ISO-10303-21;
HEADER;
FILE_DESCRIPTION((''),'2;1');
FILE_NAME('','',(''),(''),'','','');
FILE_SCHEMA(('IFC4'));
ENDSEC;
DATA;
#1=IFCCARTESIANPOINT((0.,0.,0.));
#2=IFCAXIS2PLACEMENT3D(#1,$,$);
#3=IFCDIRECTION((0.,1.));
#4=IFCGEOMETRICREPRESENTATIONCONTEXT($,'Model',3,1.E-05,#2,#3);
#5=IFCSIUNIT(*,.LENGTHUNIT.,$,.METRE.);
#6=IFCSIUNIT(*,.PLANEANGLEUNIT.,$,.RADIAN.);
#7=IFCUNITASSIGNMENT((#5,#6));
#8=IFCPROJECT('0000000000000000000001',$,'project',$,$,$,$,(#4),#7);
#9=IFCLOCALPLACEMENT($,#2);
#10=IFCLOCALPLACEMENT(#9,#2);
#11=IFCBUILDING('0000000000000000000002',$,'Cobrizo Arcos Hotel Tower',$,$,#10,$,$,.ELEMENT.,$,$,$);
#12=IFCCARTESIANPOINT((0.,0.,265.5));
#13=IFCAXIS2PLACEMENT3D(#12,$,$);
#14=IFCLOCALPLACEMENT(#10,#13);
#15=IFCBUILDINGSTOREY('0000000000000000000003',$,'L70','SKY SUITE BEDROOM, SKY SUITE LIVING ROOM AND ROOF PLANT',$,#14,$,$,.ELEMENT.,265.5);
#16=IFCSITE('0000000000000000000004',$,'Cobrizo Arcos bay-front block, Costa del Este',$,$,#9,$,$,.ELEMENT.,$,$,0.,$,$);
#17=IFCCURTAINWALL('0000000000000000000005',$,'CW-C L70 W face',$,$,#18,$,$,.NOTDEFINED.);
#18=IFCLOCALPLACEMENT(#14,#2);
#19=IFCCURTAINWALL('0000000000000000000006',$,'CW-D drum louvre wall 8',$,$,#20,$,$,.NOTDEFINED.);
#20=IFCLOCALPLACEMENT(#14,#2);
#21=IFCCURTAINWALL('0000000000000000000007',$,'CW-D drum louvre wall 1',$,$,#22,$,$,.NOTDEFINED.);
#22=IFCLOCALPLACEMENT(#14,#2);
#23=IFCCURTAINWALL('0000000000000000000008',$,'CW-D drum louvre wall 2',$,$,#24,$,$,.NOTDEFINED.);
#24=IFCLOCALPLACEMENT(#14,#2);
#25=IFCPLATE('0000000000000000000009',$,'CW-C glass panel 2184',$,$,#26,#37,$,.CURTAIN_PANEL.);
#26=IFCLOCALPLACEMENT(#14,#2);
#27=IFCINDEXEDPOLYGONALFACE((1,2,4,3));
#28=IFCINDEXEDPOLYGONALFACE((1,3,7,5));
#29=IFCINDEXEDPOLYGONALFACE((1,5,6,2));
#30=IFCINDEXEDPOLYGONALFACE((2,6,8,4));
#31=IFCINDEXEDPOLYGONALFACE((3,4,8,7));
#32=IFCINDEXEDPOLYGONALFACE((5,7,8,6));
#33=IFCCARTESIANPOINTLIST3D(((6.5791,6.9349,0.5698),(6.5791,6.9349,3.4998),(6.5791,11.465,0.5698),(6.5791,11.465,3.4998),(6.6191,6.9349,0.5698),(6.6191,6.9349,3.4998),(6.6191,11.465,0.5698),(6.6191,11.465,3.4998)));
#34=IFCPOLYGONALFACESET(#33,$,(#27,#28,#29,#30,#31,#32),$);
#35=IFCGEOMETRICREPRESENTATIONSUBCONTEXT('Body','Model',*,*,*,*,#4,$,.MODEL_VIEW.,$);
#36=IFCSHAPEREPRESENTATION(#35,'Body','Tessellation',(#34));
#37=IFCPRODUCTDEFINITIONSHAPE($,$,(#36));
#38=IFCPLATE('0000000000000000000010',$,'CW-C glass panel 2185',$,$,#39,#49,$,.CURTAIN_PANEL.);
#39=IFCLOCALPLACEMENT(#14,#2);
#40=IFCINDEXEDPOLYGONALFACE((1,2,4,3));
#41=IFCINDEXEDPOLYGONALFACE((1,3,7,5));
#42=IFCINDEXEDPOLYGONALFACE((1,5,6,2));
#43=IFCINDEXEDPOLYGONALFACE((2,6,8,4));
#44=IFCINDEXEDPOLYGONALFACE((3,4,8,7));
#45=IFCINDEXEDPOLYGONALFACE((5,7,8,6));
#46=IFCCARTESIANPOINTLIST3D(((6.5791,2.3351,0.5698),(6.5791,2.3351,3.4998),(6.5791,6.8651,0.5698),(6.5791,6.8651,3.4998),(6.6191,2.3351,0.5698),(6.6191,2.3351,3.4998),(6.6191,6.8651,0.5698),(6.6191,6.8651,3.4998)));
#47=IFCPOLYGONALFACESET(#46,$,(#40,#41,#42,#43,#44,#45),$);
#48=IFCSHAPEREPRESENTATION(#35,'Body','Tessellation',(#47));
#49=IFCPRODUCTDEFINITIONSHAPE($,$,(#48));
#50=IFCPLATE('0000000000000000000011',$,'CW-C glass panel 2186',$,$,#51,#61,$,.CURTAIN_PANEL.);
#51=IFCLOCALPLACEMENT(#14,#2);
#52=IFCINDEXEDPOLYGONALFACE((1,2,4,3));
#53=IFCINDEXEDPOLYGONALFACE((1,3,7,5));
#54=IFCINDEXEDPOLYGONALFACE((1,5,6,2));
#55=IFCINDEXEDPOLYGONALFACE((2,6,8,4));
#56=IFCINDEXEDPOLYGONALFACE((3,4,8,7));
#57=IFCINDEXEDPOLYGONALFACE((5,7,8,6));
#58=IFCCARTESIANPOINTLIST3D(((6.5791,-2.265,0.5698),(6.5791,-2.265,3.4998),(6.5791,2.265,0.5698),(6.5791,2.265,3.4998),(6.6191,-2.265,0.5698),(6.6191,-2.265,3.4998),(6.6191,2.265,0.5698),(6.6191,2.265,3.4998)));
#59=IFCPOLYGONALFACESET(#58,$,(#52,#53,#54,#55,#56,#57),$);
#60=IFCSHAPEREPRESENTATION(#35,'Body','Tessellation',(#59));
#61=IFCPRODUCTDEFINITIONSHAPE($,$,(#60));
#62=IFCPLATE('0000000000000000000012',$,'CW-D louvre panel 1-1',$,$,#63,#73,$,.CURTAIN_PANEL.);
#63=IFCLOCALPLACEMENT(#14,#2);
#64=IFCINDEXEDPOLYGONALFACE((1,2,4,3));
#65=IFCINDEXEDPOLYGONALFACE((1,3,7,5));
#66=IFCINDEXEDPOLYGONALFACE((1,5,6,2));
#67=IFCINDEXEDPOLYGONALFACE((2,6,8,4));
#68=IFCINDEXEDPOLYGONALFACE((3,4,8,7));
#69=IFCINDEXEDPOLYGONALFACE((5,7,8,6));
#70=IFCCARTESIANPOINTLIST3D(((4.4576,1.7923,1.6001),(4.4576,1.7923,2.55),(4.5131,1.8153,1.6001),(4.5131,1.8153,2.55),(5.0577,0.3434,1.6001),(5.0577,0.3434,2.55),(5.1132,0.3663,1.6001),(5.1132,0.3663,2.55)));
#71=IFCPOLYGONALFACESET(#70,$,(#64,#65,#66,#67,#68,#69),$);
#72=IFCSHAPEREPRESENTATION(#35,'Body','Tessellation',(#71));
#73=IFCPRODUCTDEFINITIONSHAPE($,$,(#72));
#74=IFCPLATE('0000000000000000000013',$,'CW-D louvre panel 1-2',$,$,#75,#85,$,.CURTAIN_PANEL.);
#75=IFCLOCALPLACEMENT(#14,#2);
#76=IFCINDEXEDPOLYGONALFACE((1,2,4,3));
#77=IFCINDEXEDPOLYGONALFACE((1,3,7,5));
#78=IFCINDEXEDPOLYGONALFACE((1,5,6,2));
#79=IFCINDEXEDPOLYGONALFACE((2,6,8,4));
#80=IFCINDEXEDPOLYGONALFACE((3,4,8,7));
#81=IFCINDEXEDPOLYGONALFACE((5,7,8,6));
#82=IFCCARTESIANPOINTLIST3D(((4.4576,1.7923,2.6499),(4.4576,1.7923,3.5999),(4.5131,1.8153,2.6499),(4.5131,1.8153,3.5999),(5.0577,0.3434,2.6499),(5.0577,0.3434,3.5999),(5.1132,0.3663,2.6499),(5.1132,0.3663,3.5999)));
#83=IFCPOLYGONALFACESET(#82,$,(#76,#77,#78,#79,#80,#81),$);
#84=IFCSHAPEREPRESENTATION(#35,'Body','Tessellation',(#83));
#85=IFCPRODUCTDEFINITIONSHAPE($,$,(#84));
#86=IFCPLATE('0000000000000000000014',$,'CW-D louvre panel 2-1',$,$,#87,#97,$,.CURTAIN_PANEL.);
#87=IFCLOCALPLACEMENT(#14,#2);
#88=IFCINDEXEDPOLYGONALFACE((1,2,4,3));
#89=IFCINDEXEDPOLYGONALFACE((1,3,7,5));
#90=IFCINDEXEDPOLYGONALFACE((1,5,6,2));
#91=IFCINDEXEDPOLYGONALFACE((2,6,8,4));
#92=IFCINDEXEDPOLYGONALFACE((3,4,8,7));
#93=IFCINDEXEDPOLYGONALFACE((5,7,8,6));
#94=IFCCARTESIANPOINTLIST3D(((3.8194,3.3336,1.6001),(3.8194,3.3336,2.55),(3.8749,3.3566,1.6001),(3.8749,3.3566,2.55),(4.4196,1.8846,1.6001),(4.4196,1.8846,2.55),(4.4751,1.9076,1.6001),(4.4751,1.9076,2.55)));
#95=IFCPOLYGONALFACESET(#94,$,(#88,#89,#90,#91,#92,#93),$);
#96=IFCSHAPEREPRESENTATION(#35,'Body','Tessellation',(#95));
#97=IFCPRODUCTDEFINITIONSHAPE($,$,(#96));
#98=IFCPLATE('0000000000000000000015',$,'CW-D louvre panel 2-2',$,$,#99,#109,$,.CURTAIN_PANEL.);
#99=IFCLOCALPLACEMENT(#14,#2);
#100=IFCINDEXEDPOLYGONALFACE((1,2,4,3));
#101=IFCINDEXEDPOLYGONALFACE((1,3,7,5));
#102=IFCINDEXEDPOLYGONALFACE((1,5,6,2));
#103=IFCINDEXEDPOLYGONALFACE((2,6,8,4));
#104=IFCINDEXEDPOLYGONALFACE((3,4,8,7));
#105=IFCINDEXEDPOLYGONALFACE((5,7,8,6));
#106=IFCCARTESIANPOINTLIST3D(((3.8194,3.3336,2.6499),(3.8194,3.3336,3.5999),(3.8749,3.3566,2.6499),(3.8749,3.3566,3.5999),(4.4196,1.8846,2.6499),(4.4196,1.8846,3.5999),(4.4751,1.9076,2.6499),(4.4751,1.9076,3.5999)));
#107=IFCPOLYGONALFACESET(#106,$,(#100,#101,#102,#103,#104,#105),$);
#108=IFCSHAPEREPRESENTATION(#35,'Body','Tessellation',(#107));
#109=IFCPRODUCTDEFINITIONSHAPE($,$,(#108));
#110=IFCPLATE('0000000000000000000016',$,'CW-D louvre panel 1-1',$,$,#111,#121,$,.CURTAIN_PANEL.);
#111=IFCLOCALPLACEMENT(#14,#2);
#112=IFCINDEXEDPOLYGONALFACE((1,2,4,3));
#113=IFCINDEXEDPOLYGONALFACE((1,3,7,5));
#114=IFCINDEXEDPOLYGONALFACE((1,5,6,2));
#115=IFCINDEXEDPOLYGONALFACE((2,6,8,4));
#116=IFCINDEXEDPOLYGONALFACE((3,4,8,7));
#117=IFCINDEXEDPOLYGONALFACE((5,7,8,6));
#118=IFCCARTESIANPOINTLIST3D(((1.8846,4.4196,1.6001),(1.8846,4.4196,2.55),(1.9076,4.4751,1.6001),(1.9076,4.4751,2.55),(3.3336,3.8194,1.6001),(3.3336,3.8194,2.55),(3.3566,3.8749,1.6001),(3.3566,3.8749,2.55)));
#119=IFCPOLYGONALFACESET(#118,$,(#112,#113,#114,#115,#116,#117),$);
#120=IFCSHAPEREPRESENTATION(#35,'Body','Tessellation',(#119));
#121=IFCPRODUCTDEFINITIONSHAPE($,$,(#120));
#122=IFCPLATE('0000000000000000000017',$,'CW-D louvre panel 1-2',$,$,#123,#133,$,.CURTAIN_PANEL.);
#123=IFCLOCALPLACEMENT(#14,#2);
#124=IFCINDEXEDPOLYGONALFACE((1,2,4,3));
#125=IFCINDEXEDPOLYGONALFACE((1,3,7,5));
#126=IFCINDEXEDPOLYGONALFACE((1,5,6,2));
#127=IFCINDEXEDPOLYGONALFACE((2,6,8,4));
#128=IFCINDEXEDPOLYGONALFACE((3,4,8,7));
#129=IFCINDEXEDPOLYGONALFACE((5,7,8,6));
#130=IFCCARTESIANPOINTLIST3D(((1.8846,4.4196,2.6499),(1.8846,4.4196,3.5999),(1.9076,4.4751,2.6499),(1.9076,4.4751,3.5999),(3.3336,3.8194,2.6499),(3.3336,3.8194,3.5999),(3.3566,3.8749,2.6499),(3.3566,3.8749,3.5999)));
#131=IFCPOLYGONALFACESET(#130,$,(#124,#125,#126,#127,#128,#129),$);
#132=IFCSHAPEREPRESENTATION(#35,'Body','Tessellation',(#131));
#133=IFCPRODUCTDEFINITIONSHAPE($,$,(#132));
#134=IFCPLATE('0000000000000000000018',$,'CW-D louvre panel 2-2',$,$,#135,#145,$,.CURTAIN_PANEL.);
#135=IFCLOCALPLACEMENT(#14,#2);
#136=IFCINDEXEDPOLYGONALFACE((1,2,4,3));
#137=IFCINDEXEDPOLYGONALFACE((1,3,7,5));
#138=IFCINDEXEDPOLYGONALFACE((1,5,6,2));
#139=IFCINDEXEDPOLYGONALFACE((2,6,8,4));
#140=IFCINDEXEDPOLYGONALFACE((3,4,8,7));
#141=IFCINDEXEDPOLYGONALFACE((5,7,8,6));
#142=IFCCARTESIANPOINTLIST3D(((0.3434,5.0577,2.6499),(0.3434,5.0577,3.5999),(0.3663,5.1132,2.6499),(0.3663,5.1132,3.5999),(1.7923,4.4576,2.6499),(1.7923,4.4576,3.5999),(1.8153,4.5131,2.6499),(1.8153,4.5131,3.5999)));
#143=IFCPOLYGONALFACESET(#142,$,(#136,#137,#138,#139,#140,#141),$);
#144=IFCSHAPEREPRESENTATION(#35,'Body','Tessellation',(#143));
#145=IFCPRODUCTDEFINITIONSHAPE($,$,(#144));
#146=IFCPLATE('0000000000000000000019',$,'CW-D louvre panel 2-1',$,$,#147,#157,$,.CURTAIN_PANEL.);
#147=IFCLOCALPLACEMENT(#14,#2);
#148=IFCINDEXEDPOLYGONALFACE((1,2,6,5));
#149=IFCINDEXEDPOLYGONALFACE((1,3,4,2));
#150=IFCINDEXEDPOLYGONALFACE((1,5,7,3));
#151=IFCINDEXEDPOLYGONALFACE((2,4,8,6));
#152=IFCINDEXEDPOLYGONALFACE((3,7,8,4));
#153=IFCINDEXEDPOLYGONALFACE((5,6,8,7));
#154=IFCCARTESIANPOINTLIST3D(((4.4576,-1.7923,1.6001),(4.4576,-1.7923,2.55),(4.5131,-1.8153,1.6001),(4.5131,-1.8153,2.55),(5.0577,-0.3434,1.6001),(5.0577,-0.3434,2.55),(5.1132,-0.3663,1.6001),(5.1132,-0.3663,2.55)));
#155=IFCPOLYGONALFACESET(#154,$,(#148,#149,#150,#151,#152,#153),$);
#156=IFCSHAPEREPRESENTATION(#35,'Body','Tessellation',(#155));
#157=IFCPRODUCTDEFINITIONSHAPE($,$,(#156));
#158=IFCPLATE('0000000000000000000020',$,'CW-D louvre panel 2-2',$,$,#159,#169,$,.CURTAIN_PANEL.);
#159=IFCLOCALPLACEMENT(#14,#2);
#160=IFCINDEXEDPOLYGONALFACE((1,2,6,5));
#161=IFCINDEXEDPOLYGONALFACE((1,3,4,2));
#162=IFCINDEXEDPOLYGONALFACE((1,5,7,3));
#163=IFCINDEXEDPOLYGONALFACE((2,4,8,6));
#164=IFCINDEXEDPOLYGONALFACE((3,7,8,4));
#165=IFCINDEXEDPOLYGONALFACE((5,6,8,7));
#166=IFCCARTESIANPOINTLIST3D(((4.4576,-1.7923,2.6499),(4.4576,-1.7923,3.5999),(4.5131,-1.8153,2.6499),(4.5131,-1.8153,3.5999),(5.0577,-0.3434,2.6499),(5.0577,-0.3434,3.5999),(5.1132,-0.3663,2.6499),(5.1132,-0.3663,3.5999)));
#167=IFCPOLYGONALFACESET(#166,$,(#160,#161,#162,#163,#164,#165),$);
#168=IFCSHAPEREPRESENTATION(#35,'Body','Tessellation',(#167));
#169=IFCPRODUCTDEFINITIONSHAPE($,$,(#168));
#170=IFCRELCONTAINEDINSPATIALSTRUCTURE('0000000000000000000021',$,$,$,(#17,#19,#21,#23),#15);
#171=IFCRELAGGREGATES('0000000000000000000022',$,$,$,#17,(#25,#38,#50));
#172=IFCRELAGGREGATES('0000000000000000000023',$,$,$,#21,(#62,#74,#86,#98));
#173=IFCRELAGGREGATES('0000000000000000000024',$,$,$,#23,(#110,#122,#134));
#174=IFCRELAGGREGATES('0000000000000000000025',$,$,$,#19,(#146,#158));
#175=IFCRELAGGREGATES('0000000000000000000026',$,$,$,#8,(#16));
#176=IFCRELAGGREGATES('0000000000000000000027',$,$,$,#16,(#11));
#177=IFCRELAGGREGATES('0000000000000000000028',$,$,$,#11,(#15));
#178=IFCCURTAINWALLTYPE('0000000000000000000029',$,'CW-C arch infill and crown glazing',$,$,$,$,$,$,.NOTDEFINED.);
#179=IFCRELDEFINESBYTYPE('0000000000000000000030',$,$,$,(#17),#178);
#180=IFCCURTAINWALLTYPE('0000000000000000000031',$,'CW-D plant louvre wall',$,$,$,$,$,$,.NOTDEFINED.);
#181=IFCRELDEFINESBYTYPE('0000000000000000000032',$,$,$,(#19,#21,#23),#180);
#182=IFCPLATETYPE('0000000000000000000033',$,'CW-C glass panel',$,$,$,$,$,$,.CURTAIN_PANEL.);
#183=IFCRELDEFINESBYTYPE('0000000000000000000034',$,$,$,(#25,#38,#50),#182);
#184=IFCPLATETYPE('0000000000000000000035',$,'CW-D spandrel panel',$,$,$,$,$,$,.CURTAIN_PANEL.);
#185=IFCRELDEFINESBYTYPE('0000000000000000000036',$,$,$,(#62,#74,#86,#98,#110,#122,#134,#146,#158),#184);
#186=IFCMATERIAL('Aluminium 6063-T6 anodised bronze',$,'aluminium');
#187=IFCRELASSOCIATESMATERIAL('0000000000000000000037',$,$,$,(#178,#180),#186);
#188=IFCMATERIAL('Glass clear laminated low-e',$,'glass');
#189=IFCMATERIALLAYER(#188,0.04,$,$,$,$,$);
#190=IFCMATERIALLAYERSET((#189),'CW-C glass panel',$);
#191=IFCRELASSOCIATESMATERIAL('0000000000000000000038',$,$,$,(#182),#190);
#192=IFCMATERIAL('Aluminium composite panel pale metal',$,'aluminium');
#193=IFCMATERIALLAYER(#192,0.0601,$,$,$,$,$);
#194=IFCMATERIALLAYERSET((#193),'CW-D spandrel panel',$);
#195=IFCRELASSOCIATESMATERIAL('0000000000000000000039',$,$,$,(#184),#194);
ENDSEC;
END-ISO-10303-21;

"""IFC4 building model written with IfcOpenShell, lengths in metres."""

from ifc_helpers import new_model, si_unit, direction, frame, origin, origin_2d, place, context, subcontext, project, spatial, rectangle, extrude, material, layer, layer_set, type_object, element, aggregate, save


model = new_model("IFC4")

# Units and contexts
model_context = context("Model", 3, precision=1e-05, world=origin(), true_north=direction((0.0, 1.0)))
body_context = subcontext(model_context, "Body", "Model", "MODEL_VIEW")
ifc_project = project(units=[si_unit("LENGTHUNIT", "METRE"), si_unit("PLANEANGLEUNIT", "RADIAN")], contexts=[model_context])

# Site, building, storey
site_placement = place(None, origin())
site = spatial("IfcSite", under=ifc_project, at=site_placement, Name="Cobrizo Arcos bay-front block, Costa del Este", CompositionType="ELEMENT", RefElevation=0.0)
building_placement = place(site_placement, origin())
building = spatial("IfcBuilding", under=site, at=building_placement, Name="Cobrizo Arcos Hotel Tower", CompositionType="ELEMENT")
storey_placement = place(building_placement, frame((0.0, 0.0, 265.5)))
storey = spatial("IfcBuildingStorey", under=building, at=storey_placement, Name="L70", Description="SKY SUITE BEDROOM, SKY SUITE LIVING ROOM AND ROOF PLANT", CompositionType="ELEMENT", Elevation=265.5)

# Shared definitions
ifc_material_1 = material(Name="Aluminium 6063-T6 anodised bronze", Category="aluminium")

# Curtain wall
curtain_wall_type_1 = type_object("IfcCurtainWallType", Name="CW-C arch infill and crown glazing", PredefinedType="NOTDEFINED", material=ifc_material_1)
curtain_wall_1_placement = place(storey_placement, origin())
curtain_wall_1 = element("IfcCurtainWall", 1, at=curtain_wall_1_placement, inside=storey, type_object=curtain_wall_type_1, Name="CW-C L70 W face", PredefinedType="NOTDEFINED")

# Curtain wall
curtain_wall_type_2 = type_object("IfcCurtainWallType", Name="CW-D plant louvre wall", PredefinedType="NOTDEFINED", material=ifc_material_1)
curtain_wall_2_placement = place(storey_placement, origin())
curtain_wall_2 = element("IfcCurtainWall", 2, at=curtain_wall_2_placement, inside=storey, type_object=curtain_wall_type_2, Name="CW-D drum louvre wall 8", PredefinedType="NOTDEFINED")

# Curtain walls
curtain_wall_3_placement = place(storey_placement, origin())
curtain_wall_3 = element("IfcCurtainWall", 3, at=curtain_wall_3_placement, inside=storey, type_object=curtain_wall_type_2, Name="CW-D drum louvre wall 1", PredefinedType="NOTDEFINED")
curtain_wall_4_placement = place(storey_placement, origin())
curtain_wall_4 = element("IfcCurtainWall", 4, at=curtain_wall_4_placement, inside=storey, type_object=curtain_wall_type_2, Name="CW-D drum louvre wall 2", PredefinedType="NOTDEFINED")

# Plates
ifc_material_2 = material(Name="Glass clear laminated low-e", Category="glass")
ifc_layer_1 = layer(ifc_material_2, 0.04)
ifc_layer_set_1 = layer_set([ifc_layer_1], Name="CW-C glass panel")
plate_type_1 = type_object("IfcPlateType", Name="CW-C glass panel", PredefinedType="CURTAIN_PANEL", material=ifc_layer_set_1)
plate_1_placement = place(storey_placement, frame((6.5991, 9.2, 0.5698), z_axis=(0.0, 0.0, 1.0), x_axis=(0.0, -1.0, 0.0)))
plate_1 = element("IfcPlate", 5, at=plate_1_placement, type_object=plate_type_1, Name="CW-C glass panel 2184", PredefinedType="CURTAIN_PANEL", context=body_context, shape_type="SweptSolid", body=[
    extrude(rectangle(XDim=4.53, YDim=0.04, at=origin_2d()), origin(), (0.0, 0.0, 1.0), 2.9299),
])
plate_2_placement = place(storey_placement, frame((6.5991, 4.6001, 0.5698), z_axis=(0.0, 0.0, 1.0), x_axis=(0.0, -1.0, 0.0)))
plate_2 = element("IfcPlate", 6, at=plate_2_placement, type_object=plate_type_1, Name="CW-C glass panel 2185", PredefinedType="CURTAIN_PANEL", context=body_context, shape_type="SweptSolid", body=[
    extrude(rectangle(XDim=4.53, YDim=0.04, at=origin_2d()), origin(), (0.0, 0.0, 1.0), 2.9299),
])
plate_3_placement = place(storey_placement, frame((6.5991, 0.0, 0.5698), z_axis=(0.0, 0.0, 1.0), x_axis=(0.0, -1.0, 0.0)))
plate_3 = element("IfcPlate", 7, at=plate_3_placement, type_object=plate_type_1, Name="CW-C glass panel 2186", PredefinedType="CURTAIN_PANEL", context=body_context, shape_type="SweptSolid", body=[
    extrude(rectangle(XDim=4.53, YDim=0.04, at=origin_2d()), origin(), (0.0, 0.0, 1.0), 2.9299),
])
aggregate(curtain_wall_1, [plate_1, plate_2, plate_3])
ifc_material_3 = material(Name="Aluminium composite panel pale metal", Category="aluminium")
ifc_layer_2 = layer(ifc_material_3, 0.0601)
ifc_layer_set_2 = layer_set([ifc_layer_2], Name="CW-D spandrel panel")
plate_type_2 = type_object("IfcPlateType", Name="CW-D spandrel panel", PredefinedType="CURTAIN_PANEL", material=ifc_layer_set_2)
plate_4_placement = place(storey_placement, frame((4.7854, 1.0793, 1.6001), z_axis=(0.0, 0.0, 1.0), x_axis=(-0.382683, 0.92388, 0.0)))
plate_4 = element("IfcPlate", 8, at=plate_4_placement, type_object=plate_type_2, Name="CW-D louvre panel 1-1", PredefinedType="CURTAIN_PANEL", context=body_context, shape_type="SweptSolid", body=[
    extrude(rectangle(XDim=1.5684, YDim=0.0601, at=origin_2d()), origin(), (0.0, 0.0, 1.0), 0.95),
])
plate_5_placement = place(storey_placement, frame((4.7854, 1.0793, 2.6499), z_axis=(0.0, 0.0, 1.0), x_axis=(-0.382683, 0.92388, 0.0)))
plate_5 = element("IfcPlate", 9, at=plate_5_placement, type_object=plate_type_2, Name="CW-D louvre panel 1-2", PredefinedType="CURTAIN_PANEL", context=body_context, shape_type="SweptSolid", body=[
    extrude(rectangle(XDim=1.5684, YDim=0.0601, at=origin_2d()), origin(), (0.0, 0.0, 1.0), 0.95),
])
plate_6_placement = place(storey_placement, frame((4.1472, 2.6206, 1.6001), z_axis=(0.0, 0.0, 1.0), x_axis=(-0.382683, 0.92388, 0.0)))
plate_6 = element("IfcPlate", 10, at=plate_6_placement, type_object=plate_type_2, Name="CW-D louvre panel 2-1", PredefinedType="CURTAIN_PANEL", context=body_context, shape_type="SweptSolid", body=[
    extrude(rectangle(XDim=1.5684, YDim=0.0601, at=origin_2d()), origin(), (0.0, 0.0, 1.0), 0.95),
])
plate_7_placement = place(storey_placement, frame((4.1472, 2.6206, 2.6499), z_axis=(0.0, 0.0, 1.0), x_axis=(-0.382683, 0.92388, 0.0)))
plate_7 = element("IfcPlate", 11, at=plate_7_placement, type_object=plate_type_2, Name="CW-D louvre panel 2-2", PredefinedType="CURTAIN_PANEL", context=body_context, shape_type="SweptSolid", body=[
    extrude(rectangle(XDim=1.5684, YDim=0.0601, at=origin_2d()), origin(), (0.0, 0.0, 1.0), 0.95),
])
aggregate(curtain_wall_3, [plate_4, plate_5, plate_6, plate_7])
plate_8_placement = place(storey_placement, frame((2.6206, 4.1472, 1.6001), z_axis=(0.0, 0.0, 1.0), x_axis=(-0.92388, 0.382683, 0.0)))
plate_8 = element("IfcPlate", 12, at=plate_8_placement, type_object=plate_type_2, Name="CW-D louvre panel 1-1", PredefinedType="CURTAIN_PANEL", context=body_context, shape_type="SweptSolid", body=[
    extrude(rectangle(XDim=1.5684, YDim=0.0601, at=origin_2d()), origin(), (0.0, 0.0, 1.0), 0.95),
])
plate_9_placement = place(storey_placement, frame((2.6206, 4.1472, 2.6499), z_axis=(0.0, 0.0, 1.0), x_axis=(-0.92388, 0.382683, 0.0)))
plate_9 = element("IfcPlate", 13, at=plate_9_placement, type_object=plate_type_2, Name="CW-D louvre panel 1-2", PredefinedType="CURTAIN_PANEL", context=body_context, shape_type="SweptSolid", body=[
    extrude(rectangle(XDim=1.5684, YDim=0.0601, at=origin_2d()), origin(), (0.0, 0.0, 1.0), 0.95),
])
plate_10_placement = place(storey_placement, frame((1.0793, 4.7854, 2.6499), z_axis=(0.0, 0.0, 1.0), x_axis=(-0.92388, 0.382683, 0.0)))
plate_10 = element("IfcPlate", 14, at=plate_10_placement, type_object=plate_type_2, Name="CW-D louvre panel 2-2", PredefinedType="CURTAIN_PANEL", context=body_context, shape_type="SweptSolid", body=[
    extrude(rectangle(XDim=1.5684, YDim=0.0601, at=origin_2d()), origin(), (0.0, 0.0, 1.0), 0.95),
])
aggregate(curtain_wall_4, [plate_8, plate_9, plate_10])
plate_11_placement = place(storey_placement, frame((4.7854, -1.0793, 1.6001), z_axis=(0.0, 0.0, 1.0), x_axis=(0.382683, 0.92388, 0.0)))
plate_11 = element("IfcPlate", 15, at=plate_11_placement, type_object=plate_type_2, Name="CW-D louvre panel 2-1", PredefinedType="CURTAIN_PANEL", context=body_context, shape_type="SweptSolid", body=[
    extrude(rectangle(XDim=1.5684, YDim=0.0601, at=origin_2d()), origin(), (0.0, 0.0, 1.0), 0.95),
])
plate_12_placement = place(storey_placement, frame((4.7854, -1.0793, 2.6499), z_axis=(0.0, 0.0, 1.0), x_axis=(0.382683, 0.92388, 0.0)))
plate_12 = element("IfcPlate", 16, at=plate_12_placement, type_object=plate_type_2, Name="CW-D louvre panel 2-2", PredefinedType="CURTAIN_PANEL", context=body_context, shape_type="SweptSolid", body=[
    extrude(rectangle(XDim=1.5684, YDim=0.0601, at=origin_2d()), origin(), (0.0, 0.0, 1.0), 0.95),
])
aggregate(curtain_wall_2, [plate_11, plate_12])

save(model, "model.ifc")
